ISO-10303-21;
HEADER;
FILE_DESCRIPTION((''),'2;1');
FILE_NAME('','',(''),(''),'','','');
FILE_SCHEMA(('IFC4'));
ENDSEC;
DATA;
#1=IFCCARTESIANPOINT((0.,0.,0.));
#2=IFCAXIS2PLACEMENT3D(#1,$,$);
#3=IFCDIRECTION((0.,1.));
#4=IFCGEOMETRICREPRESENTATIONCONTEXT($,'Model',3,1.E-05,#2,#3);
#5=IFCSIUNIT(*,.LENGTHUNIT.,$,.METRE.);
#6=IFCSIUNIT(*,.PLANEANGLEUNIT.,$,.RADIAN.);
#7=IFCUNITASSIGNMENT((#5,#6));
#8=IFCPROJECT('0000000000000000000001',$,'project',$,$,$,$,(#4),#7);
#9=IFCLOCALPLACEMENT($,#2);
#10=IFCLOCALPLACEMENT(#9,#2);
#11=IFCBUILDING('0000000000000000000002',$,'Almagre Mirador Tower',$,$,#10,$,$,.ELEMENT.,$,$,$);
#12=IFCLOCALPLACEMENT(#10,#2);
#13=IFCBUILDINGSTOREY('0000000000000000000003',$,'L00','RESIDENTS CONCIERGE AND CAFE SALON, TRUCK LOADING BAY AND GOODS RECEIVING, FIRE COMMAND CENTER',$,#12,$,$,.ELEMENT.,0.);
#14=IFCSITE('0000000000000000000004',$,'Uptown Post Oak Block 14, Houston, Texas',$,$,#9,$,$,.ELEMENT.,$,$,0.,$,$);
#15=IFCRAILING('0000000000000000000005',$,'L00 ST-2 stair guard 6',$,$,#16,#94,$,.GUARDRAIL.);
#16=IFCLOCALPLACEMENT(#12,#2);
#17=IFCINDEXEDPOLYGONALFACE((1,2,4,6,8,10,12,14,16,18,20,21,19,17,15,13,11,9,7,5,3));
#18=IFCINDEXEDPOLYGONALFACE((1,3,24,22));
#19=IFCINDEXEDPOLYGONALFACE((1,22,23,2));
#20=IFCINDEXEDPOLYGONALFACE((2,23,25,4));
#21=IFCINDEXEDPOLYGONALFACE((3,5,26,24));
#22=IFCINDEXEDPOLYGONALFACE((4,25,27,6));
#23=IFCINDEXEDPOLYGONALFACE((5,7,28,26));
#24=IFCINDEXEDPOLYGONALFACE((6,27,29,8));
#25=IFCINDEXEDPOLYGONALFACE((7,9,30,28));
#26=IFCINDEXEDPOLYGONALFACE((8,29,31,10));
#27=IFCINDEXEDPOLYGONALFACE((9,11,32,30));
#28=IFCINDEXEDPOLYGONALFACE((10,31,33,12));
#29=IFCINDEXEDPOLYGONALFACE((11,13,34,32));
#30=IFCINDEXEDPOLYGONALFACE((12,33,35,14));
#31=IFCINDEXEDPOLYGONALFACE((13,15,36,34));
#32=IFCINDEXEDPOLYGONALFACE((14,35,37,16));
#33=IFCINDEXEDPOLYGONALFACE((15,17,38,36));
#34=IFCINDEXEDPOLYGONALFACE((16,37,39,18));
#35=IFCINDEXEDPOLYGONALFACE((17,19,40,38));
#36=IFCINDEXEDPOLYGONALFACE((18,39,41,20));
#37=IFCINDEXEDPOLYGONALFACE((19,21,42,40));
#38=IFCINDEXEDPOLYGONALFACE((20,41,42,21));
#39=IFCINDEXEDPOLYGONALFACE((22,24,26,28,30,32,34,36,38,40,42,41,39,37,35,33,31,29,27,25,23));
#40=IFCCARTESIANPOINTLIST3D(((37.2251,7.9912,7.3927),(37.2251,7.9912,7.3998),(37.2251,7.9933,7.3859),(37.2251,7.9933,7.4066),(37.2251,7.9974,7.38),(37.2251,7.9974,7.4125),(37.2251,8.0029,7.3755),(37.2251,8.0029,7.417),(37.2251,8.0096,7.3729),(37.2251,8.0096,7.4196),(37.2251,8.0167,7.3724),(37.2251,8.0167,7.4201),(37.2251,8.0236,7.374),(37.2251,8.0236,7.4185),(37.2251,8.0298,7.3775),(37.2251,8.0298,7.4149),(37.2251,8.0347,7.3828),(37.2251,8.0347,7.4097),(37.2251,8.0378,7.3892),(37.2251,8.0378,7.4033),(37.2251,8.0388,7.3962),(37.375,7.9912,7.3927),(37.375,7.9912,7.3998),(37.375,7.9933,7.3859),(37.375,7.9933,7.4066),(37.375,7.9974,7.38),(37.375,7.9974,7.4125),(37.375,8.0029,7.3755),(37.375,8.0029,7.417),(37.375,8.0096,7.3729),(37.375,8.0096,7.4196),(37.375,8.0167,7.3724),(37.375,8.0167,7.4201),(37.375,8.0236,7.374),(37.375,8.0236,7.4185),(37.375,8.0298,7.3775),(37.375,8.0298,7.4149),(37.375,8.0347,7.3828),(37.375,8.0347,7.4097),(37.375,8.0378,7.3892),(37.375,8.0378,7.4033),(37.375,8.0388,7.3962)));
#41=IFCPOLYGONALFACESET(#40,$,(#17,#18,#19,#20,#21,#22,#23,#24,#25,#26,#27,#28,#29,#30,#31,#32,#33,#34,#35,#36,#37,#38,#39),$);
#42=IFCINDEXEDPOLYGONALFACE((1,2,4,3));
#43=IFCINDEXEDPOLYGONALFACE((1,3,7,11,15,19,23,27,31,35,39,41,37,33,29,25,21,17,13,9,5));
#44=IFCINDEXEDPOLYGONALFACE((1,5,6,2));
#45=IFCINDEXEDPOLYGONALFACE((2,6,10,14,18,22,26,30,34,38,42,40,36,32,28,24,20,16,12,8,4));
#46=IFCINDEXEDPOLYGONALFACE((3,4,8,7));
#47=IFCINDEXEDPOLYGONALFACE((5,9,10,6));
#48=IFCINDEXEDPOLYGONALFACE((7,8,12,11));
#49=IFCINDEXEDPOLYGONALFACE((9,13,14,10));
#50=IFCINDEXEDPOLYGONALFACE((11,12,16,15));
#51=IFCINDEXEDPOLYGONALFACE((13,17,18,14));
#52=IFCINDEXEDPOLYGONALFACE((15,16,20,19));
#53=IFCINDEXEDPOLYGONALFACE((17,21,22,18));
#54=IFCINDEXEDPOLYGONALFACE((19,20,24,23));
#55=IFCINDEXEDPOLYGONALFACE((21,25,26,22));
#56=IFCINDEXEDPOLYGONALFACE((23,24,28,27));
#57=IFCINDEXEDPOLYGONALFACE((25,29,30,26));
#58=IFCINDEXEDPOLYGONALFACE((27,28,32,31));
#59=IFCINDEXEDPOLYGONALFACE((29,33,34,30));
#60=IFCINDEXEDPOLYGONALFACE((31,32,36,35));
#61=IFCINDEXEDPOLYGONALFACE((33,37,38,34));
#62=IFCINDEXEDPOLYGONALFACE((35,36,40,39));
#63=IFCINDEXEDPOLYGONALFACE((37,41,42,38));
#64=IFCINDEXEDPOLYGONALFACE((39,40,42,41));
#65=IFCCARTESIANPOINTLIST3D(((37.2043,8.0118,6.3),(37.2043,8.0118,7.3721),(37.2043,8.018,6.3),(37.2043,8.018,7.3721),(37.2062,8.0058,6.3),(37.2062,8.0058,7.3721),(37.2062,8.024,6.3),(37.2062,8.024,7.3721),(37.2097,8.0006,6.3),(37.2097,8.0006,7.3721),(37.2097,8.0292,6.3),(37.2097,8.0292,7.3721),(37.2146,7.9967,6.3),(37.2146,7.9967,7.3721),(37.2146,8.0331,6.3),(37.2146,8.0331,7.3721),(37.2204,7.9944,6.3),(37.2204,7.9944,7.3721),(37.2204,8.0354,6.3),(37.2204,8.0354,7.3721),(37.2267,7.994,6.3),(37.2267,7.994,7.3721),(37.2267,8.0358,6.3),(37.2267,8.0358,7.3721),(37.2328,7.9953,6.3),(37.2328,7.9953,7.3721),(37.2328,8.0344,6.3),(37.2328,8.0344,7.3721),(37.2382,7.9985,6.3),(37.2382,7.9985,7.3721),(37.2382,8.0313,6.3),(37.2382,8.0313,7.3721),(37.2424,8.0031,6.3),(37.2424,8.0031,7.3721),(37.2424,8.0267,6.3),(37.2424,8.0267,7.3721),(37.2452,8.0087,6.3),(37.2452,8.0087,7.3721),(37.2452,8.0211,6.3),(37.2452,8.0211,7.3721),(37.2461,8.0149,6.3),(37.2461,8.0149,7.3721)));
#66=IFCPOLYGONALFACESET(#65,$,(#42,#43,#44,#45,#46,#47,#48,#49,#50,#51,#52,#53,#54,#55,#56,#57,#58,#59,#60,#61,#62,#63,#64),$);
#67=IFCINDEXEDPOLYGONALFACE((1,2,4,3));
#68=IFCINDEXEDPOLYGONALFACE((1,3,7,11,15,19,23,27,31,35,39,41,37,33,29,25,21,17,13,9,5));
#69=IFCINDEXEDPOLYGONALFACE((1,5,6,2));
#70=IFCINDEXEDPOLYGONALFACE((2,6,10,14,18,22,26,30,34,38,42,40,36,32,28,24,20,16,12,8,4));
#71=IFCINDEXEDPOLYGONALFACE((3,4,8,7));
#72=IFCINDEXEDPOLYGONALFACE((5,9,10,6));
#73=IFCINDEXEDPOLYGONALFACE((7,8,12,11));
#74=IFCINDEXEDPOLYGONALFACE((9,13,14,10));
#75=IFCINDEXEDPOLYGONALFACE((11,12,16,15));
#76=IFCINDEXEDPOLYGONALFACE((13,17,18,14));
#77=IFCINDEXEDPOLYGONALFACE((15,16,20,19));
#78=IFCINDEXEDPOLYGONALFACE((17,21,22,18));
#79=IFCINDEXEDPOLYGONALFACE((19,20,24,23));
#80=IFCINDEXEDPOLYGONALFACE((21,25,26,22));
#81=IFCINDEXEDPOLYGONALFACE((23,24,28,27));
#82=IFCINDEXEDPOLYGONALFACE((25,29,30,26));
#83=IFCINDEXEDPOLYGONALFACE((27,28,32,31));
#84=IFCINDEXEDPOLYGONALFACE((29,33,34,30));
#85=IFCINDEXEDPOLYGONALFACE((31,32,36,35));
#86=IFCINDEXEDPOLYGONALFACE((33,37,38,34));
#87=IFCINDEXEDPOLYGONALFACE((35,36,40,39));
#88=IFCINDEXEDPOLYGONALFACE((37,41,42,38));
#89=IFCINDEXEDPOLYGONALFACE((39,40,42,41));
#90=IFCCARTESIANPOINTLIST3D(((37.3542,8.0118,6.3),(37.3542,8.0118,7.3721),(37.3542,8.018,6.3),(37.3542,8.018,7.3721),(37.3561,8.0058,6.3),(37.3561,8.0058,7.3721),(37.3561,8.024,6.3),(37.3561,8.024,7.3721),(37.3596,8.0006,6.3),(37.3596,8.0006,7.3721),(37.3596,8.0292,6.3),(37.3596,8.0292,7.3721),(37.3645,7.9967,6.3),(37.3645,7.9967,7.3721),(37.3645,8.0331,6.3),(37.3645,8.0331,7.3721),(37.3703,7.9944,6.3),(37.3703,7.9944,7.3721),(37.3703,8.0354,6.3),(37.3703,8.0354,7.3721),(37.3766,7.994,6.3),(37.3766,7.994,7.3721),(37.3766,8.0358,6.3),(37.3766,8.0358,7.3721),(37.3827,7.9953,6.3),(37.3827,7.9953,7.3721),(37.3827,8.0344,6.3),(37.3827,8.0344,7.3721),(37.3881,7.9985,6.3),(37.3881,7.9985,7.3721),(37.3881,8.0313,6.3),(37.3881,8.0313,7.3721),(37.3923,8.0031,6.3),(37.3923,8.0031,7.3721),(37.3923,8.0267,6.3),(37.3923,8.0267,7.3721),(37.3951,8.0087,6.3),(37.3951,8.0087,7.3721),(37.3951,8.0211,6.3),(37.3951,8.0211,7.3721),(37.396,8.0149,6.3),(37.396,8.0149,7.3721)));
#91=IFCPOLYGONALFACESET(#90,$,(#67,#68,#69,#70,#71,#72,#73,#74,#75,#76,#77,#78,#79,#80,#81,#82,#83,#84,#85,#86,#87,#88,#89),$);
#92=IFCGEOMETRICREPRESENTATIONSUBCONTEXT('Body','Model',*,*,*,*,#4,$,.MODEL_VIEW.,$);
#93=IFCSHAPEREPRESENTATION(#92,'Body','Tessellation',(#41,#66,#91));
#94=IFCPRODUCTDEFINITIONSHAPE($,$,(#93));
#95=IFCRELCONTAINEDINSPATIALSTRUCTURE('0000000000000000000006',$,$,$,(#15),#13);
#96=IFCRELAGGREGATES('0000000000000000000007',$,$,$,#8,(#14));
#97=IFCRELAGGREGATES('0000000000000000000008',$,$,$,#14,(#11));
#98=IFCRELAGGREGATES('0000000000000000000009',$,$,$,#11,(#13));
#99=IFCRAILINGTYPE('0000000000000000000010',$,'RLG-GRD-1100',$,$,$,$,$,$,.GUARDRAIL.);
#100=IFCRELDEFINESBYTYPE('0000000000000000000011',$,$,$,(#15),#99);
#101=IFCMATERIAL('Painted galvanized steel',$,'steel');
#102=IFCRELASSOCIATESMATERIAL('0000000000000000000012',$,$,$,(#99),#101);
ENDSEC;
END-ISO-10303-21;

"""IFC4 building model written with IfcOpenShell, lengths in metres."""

from ifc_helpers import new_model, si_unit, direction, frame, origin, origin_2d, place, context, subcontext, project, spatial, circle, extrude, material, type_object, element, save


model = new_model("IFC4")

# Units and contexts
model_context = context("Model", 3, precision=1e-05, world=origin(), true_north=direction((0.0, 1.0)))
body_context = subcontext(model_context, "Body", "Model", "MODEL_VIEW")
ifc_project = project(units=[si_unit("LENGTHUNIT", "METRE"), si_unit("PLANEANGLEUNIT", "RADIAN")], contexts=[model_context])

# Site, building, storey
site_placement = place(None, origin())
site = spatial("IfcSite", under=ifc_project, at=site_placement, Name="Uptown Post Oak Block 14, Houston, Texas", CompositionType="ELEMENT", RefElevation=0.0)
building_placement = place(site_placement, origin())
building = spatial("IfcBuilding", under=site, at=building_placement, Name="Almagre Mirador Tower", CompositionType="ELEMENT")
storey_placement = place(building_placement, origin())
storey = spatial("IfcBuildingStorey", under=building, at=storey_placement, Name="L00", Description="RESIDENTS CONCIERGE AND CAFE SALON, TRUCK LOADING BAY AND GOODS RECEIVING, FIRE COMMAND CENTER", CompositionType="ELEMENT", Elevation=0.0)

# Railing
ifc_material_1 = material(Name="Painted galvanized steel", Category="steel")
railing_type = type_object("IfcRailingType", Name="RLG-GRD-1100", PredefinedType="GUARDRAIL", material=ifc_material_1)
railing_1_placement = place(storey_placement, frame((37.2251, 8.0149, 6.3)))
element("IfcRailing", 1, at=railing_1_placement, inside=storey, type_object=railing_type, Name="L00 ST-2 stair guard 6", PredefinedType="GUARDRAIL", context=body_context, shape_type="SweptSolid", body=[
    extrude(circle(Radius=0.0239, at=origin_2d()), frame((0.0, 0.0, 1.0962), z_axis=(1.0, 0.0, 0.0), x_axis=(0.0, 1.0, 0.0)), (0.0, 0.0, 1.0), 0.1499),
    extrude(circle(Radius=0.021, at=origin_2d()), origin(), (0.0, 0.0, 1.0), 1.072),
    extrude(circle(Radius=0.021, at=origin_2d()), frame((0.1499, 0.0, 0.0)), (0.0, 0.0, 1.0), 1.072),
])

save(model, "model.ifc")
